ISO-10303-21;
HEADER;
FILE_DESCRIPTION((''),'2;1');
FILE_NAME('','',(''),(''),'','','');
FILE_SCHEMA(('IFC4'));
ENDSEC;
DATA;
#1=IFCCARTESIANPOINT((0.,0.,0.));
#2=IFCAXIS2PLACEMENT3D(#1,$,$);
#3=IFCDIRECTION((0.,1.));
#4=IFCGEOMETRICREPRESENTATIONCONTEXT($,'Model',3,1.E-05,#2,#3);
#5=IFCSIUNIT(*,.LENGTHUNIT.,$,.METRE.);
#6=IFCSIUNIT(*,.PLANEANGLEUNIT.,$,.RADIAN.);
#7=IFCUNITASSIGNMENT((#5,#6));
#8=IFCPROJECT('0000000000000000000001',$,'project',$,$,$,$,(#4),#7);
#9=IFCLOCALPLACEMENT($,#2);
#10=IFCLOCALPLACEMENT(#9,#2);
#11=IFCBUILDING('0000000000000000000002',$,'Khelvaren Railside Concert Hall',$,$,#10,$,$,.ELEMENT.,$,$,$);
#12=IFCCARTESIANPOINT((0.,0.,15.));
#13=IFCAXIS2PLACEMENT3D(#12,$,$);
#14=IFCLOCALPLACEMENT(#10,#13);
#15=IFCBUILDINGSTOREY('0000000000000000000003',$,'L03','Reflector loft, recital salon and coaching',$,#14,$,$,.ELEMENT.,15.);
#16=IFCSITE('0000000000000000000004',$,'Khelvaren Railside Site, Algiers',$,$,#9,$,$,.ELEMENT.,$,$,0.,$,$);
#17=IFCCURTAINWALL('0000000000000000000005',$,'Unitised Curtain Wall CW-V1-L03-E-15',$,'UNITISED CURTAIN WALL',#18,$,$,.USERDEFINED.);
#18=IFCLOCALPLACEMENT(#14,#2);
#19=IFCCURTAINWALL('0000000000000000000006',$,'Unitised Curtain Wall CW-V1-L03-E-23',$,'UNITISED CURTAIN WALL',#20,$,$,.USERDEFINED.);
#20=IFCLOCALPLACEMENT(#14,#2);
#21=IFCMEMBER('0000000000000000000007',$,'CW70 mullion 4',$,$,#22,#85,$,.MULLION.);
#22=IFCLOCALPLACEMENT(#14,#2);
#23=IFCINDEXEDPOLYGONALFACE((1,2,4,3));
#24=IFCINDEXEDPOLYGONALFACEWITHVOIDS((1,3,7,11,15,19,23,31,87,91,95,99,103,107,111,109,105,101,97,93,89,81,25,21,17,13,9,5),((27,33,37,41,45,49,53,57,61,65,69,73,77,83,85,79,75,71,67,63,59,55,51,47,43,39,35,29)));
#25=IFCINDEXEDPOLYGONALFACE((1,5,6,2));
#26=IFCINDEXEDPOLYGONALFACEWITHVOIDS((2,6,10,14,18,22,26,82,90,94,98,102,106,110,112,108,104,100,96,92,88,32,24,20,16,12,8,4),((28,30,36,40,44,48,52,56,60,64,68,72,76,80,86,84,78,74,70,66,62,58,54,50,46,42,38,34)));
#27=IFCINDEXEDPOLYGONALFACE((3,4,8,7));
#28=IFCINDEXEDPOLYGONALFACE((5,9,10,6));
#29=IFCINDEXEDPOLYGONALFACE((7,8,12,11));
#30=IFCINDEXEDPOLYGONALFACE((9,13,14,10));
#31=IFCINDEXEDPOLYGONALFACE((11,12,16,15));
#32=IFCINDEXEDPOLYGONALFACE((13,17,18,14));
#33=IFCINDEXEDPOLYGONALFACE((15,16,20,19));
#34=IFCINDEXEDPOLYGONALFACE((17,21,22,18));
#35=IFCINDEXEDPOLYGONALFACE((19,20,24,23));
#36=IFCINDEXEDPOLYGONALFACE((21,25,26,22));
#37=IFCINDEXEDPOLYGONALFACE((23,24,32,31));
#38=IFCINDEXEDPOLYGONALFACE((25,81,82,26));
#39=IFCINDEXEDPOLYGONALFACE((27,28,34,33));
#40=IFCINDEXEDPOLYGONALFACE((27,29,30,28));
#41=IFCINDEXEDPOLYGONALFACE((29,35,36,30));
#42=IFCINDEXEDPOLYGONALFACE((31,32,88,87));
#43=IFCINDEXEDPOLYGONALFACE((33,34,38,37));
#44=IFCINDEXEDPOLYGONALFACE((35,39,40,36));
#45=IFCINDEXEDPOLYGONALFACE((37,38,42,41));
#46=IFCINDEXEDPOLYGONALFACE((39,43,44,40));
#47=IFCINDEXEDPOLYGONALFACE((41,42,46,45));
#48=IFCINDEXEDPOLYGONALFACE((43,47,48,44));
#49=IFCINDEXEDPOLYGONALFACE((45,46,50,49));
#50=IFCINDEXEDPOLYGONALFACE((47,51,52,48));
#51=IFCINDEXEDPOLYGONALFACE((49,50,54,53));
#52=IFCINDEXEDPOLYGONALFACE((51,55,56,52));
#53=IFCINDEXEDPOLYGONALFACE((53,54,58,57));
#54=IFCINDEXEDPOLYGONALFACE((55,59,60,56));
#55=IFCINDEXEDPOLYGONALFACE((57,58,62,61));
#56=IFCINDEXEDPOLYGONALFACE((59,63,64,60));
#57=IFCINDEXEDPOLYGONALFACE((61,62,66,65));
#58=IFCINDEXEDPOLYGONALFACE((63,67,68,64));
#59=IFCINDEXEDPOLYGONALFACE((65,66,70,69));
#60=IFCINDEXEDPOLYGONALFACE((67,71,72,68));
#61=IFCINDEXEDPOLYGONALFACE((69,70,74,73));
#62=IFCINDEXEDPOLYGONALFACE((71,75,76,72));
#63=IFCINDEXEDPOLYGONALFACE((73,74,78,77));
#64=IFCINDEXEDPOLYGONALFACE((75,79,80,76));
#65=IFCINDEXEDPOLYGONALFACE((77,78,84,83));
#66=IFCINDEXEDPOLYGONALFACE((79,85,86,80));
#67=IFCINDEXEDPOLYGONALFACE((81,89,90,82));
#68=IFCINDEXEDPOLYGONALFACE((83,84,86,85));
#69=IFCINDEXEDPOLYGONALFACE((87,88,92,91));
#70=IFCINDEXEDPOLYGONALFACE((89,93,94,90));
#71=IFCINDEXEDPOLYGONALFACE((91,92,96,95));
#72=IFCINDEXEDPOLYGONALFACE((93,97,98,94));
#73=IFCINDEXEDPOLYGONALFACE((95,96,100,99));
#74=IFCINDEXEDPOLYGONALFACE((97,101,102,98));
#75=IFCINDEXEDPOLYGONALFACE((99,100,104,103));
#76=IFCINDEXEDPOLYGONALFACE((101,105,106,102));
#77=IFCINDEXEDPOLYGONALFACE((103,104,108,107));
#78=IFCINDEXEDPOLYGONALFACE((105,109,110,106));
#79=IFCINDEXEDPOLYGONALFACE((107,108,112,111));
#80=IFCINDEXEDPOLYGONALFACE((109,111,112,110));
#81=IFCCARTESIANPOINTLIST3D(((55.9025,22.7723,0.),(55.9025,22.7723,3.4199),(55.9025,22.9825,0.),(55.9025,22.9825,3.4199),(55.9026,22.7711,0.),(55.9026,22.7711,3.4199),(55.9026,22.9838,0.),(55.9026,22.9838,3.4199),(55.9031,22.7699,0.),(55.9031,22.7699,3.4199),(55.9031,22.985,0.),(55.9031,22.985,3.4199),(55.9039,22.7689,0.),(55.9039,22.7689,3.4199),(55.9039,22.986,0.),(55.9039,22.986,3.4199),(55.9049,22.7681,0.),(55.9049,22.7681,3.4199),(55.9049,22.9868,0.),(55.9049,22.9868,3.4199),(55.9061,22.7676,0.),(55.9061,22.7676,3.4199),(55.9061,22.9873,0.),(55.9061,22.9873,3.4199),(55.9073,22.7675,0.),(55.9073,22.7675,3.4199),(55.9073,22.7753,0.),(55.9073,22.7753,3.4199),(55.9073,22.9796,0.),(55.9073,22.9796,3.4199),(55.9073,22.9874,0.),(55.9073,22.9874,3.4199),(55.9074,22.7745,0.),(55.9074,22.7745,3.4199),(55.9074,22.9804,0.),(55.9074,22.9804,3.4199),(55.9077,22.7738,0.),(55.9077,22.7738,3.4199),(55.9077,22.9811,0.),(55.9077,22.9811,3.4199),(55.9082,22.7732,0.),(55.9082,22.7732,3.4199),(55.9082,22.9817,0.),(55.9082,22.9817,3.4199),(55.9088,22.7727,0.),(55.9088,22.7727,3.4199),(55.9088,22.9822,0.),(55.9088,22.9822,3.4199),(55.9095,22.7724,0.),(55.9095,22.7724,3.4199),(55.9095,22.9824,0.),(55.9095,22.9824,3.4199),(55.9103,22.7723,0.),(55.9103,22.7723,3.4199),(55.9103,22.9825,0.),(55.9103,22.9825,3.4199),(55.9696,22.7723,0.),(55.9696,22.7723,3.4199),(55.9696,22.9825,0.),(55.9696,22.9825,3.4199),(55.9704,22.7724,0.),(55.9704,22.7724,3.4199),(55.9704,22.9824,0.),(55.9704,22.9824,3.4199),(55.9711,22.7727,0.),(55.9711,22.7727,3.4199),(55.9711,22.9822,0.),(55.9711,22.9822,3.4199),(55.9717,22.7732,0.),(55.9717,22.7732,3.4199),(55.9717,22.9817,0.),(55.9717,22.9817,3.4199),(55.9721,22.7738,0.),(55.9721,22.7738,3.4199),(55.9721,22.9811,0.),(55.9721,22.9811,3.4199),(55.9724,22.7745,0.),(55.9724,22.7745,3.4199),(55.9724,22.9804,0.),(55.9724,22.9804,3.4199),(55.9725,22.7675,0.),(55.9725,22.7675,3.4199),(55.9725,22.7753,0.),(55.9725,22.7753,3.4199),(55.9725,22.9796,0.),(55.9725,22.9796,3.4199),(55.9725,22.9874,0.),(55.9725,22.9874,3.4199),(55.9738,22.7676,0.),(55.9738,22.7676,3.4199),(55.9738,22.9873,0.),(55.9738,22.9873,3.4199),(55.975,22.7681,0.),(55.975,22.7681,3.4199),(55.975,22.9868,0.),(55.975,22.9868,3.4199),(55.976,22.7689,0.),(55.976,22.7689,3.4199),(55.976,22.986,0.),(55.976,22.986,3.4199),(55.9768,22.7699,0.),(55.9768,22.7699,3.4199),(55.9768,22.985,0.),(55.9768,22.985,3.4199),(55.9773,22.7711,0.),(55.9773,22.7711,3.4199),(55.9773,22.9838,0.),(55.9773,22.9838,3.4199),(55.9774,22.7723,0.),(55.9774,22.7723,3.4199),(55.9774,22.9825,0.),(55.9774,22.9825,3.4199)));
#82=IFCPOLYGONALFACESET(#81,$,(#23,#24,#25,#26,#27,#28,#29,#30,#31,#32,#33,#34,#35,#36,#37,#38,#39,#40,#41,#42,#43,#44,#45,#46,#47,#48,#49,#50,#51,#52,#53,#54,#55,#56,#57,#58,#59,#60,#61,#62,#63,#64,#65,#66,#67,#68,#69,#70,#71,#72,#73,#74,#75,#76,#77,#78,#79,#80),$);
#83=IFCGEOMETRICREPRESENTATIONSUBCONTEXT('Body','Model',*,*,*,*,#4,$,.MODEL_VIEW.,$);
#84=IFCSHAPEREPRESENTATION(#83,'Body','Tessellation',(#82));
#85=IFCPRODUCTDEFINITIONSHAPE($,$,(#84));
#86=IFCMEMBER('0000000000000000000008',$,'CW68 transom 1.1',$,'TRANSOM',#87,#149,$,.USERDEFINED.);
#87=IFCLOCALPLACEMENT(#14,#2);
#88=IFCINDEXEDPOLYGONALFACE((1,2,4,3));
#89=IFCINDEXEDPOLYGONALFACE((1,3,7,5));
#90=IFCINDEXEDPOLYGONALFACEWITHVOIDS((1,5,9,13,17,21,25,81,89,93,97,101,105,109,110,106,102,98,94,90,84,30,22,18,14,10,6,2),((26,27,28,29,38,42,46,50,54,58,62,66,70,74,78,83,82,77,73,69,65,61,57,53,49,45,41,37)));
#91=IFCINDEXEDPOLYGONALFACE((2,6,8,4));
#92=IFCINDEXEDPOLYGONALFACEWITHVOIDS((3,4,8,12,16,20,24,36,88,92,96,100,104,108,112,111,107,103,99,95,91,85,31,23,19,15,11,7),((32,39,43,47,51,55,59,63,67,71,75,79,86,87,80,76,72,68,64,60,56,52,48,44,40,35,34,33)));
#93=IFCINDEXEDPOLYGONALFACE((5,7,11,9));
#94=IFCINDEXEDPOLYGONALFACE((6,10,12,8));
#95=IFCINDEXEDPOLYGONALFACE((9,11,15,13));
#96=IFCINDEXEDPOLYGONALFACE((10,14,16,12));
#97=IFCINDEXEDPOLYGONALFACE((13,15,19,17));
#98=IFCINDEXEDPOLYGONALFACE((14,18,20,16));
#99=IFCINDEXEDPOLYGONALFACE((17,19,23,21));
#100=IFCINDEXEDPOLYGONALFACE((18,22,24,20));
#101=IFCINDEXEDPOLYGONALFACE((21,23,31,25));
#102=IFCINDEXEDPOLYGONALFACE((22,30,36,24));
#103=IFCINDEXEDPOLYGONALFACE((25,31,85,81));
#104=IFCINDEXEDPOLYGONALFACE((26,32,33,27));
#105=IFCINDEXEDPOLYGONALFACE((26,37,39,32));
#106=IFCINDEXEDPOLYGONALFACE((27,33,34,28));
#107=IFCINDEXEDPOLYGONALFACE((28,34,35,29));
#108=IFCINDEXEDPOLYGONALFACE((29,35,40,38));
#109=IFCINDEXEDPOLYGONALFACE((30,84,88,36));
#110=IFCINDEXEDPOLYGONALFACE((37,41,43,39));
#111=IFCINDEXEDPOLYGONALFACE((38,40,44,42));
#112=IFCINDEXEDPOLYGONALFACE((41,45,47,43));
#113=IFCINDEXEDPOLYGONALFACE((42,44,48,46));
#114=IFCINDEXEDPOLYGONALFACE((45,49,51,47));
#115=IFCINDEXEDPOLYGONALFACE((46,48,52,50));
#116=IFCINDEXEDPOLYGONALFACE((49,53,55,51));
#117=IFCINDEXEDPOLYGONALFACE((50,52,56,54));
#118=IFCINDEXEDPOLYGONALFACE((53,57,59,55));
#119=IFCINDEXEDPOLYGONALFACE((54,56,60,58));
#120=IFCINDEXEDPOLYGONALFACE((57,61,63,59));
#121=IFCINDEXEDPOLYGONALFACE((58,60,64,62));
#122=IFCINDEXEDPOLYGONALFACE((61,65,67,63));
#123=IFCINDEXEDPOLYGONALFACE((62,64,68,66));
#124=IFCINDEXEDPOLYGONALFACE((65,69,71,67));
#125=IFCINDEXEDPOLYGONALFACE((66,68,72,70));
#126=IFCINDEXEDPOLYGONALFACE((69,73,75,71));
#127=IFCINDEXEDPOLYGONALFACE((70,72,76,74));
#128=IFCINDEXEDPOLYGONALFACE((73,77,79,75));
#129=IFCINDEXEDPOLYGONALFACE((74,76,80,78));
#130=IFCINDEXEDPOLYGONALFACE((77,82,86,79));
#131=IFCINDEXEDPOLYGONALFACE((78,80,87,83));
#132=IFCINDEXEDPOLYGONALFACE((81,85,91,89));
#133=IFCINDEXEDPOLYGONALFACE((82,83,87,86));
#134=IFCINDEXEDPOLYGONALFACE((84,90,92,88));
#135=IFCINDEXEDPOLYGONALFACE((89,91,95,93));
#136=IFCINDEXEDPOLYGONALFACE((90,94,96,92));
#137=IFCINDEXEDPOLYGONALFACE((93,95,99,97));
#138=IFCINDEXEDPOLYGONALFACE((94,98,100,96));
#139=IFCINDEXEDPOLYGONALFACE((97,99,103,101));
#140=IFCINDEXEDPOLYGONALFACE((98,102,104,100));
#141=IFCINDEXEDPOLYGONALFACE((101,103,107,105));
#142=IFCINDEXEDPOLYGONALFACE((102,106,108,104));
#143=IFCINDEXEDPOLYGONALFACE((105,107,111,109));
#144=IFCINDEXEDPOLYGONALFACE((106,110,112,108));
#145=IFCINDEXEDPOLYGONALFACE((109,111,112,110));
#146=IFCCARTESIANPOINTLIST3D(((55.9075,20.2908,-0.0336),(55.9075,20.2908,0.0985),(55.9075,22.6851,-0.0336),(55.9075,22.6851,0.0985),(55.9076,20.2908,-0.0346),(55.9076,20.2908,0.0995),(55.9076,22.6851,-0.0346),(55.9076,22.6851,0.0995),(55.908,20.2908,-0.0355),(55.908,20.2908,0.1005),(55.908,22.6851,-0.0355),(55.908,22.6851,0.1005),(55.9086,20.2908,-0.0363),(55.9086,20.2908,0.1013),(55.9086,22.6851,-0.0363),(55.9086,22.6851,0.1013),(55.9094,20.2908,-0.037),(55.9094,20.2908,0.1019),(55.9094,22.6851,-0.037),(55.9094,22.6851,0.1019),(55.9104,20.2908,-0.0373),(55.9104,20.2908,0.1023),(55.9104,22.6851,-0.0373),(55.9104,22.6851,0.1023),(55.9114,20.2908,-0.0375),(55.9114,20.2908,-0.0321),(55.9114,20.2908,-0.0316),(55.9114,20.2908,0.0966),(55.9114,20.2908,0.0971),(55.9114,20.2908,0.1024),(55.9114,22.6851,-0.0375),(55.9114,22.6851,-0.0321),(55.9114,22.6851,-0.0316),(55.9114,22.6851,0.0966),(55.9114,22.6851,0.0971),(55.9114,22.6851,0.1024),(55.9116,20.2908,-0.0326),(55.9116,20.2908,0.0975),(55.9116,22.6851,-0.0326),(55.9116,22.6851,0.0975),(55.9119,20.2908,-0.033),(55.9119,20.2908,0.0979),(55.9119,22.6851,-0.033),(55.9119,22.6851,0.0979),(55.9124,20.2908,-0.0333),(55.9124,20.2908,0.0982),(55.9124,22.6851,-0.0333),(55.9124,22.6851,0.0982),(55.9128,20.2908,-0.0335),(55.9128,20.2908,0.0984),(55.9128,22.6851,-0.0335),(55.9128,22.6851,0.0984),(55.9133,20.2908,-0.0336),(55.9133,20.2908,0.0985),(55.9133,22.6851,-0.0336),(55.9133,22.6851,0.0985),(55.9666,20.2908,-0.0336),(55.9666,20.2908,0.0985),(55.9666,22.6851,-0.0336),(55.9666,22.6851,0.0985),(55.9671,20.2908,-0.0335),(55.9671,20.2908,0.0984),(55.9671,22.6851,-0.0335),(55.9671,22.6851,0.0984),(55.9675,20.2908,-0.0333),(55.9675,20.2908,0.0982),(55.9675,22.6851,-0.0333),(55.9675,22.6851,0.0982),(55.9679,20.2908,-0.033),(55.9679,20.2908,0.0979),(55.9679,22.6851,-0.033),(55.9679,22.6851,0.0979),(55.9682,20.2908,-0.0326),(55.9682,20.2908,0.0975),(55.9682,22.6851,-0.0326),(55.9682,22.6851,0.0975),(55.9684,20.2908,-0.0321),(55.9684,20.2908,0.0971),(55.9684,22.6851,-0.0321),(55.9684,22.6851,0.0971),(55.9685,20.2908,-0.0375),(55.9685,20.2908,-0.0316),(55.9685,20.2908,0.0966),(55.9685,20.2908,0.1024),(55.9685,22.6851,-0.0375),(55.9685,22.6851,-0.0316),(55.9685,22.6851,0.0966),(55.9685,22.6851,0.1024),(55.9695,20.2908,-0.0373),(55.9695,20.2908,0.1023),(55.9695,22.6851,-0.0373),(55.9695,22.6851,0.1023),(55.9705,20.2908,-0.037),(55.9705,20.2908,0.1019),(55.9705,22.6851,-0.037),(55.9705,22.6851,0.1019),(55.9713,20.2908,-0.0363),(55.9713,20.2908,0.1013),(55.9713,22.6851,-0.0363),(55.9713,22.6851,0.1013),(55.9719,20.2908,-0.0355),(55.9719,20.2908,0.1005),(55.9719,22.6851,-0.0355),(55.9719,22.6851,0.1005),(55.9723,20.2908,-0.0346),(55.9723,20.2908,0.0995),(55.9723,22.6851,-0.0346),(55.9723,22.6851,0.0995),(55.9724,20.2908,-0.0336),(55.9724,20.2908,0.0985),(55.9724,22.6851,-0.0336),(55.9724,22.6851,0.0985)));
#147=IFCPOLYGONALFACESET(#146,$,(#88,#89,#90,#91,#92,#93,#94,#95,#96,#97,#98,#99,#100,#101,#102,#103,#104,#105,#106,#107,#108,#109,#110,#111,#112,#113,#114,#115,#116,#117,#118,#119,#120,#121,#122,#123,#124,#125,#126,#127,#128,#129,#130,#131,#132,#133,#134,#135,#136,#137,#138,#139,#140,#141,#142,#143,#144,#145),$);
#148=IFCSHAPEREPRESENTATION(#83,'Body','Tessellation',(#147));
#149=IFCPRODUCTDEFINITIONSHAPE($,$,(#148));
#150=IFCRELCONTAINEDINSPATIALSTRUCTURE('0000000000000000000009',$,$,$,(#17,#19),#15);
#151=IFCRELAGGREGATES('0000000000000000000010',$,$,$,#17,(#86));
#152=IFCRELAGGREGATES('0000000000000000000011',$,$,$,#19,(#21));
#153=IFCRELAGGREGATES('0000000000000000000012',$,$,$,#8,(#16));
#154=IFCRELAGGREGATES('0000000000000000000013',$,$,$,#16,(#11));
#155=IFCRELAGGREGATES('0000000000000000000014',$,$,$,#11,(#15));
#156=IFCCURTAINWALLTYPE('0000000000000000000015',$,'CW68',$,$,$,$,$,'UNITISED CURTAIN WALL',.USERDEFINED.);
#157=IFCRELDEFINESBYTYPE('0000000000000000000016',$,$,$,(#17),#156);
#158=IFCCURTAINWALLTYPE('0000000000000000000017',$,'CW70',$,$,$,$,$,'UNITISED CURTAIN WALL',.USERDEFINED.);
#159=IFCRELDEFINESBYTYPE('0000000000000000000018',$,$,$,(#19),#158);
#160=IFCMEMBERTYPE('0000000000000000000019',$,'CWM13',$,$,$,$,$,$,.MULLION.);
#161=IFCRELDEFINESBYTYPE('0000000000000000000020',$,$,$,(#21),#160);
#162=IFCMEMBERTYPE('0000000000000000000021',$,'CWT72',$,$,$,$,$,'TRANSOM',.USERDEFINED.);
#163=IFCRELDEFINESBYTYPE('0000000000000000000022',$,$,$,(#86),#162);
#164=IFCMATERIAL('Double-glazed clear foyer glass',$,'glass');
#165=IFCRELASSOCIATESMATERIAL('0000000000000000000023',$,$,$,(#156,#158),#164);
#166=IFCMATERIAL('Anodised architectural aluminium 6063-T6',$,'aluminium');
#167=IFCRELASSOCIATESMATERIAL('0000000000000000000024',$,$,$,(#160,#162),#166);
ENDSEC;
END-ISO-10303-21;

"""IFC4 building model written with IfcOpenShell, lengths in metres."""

from ifc_helpers import new_model, si_unit, direction, frame, origin, origin_2d, place, context, subcontext, project, spatial, hollow_rectangle, extrude, material, material_profile, profile_set, type_object, element, aggregate, save


model = new_model("IFC4")

# Units and contexts
model_context = context("Model", 3, precision=1e-05, world=origin(), true_north=direction((0.0, 1.0)))
body_context = subcontext(model_context, "Body", "Model", "MODEL_VIEW")
ifc_project = project(units=[si_unit("LENGTHUNIT", "METRE"), si_unit("PLANEANGLEUNIT", "RADIAN")], contexts=[model_context])

# Site, building, storey
site_placement = place(None, origin())
site = spatial("IfcSite", under=ifc_project, at=site_placement, Name="Khelvaren Railside Site, Algiers", CompositionType="ELEMENT", RefElevation=0.0)
building_placement = place(site_placement, origin())
building = spatial("IfcBuilding", under=site, at=building_placement, Name="Khelvaren Railside Concert Hall", CompositionType="ELEMENT")
storey_placement = place(building_placement, frame((0.0, 0.0, 15.0)))
storey = spatial("IfcBuildingStorey", under=building, at=storey_placement, Name="L03", Description="Reflector loft, recital salon and coaching", CompositionType="ELEMENT", Elevation=15.0)

# Curtain wall
ifc_material_1 = material(Name="Double-glazed clear foyer glass", Category="glass")
curtain_wall_type_1 = type_object("IfcCurtainWallType", Name="CW68", ElementType="UNITISED CURTAIN WALL", PredefinedType="USERDEFINED", material=ifc_material_1)
curtain_wall_1_placement = place(storey_placement, origin())
curtain_wall_1 = element("IfcCurtainWall", 1, at=curtain_wall_1_placement, inside=storey, type_object=curtain_wall_type_1, Name="Unitised Curtain Wall CW-V1-L03-E-15", ObjectType="UNITISED CURTAIN WALL", PredefinedType="USERDEFINED")
ifc_material_2 = material(Name="Anodised architectural aluminium 6063-T6", Category="aluminium")
ifc_material_profile_1 = material_profile(ifc_material_2, hollow_rectangle(XDim=0.075, YDim=0.22, WallThickness=0.0049, InnerFilletRadius=0.0029, OuterFilletRadius=0.0049, at=origin_2d()), Name="CWM 75x220x5")
ifc_profile_set_1 = profile_set([ifc_material_profile_1], Name="Anodised architectural aluminium 6063-T6")
member_type_1 = type_object("IfcMemberType", Name="CWM13", PredefinedType="MULLION", material=ifc_profile_set_1)

# Curtain wall, member
curtain_wall_type_2 = type_object("IfcCurtainWallType", Name="CW70", ElementType="UNITISED CURTAIN WALL", PredefinedType="USERDEFINED", material=ifc_material_1)
curtain_wall_2_placement = place(storey_placement, origin())
curtain_wall_2 = element("IfcCurtainWall", 2, at=curtain_wall_2_placement, inside=storey, type_object=curtain_wall_type_2, Name="Unitised Curtain Wall CW-V1-L03-E-23", ObjectType="UNITISED CURTAIN WALL", PredefinedType="USERDEFINED")
member_1_placement = place(storey_placement, frame((55.9399, 22.8774, 0.0), z_axis=(0.0, 0.0, 1.0), x_axis=(1.0, 0.0, 0.0)))
member_1 = element("IfcMember", 3, at=member_1_placement, type_object=member_type_1, Name="CW70 mullion 4", PredefinedType="MULLION", context=body_context, shape_type="SweptSolid", body=[
    extrude(hollow_rectangle(XDim=0.075, YDim=0.22, WallThickness=0.0049, InnerFilletRadius=0.0029, OuterFilletRadius=0.0049, at=origin_2d()), origin(), (0.0, 0.0, 1.0), 3.4199),
])

# Member
ifc_material_profile_2 = material_profile(ifc_material_2, hollow_rectangle(XDim=0.0649, YDim=0.1399, WallThickness=0.0039, InnerFilletRadius=0.002, OuterFilletRadius=0.0039, at=origin_2d()), Name="CWT 65x140x4")
ifc_profile_set_2 = profile_set([ifc_material_profile_2], Name="Anodised architectural aluminium 6063-T6")
member_type_2 = type_object("IfcMemberType", Name="CWT72", ElementType="TRANSOM", PredefinedType="USERDEFINED", material=ifc_profile_set_2)
member_2_placement = place(storey_placement, frame((55.9399, 22.6851, 0.0325), z_axis=(0.0, -1.0, 0.0), x_axis=(1.0, 0.0, 0.0)))
member_2 = element("IfcMember", 4, at=member_2_placement, type_object=member_type_2, Name="CW68 transom 1.1", ObjectType="TRANSOM", PredefinedType="USERDEFINED", context=body_context, shape_type="SweptSolid", body=[
    extrude(hollow_rectangle(XDim=0.0649, YDim=0.1399, WallThickness=0.0039, InnerFilletRadius=0.002, OuterFilletRadius=0.0039, at=origin_2d()), origin(), (0.0, 0.0, 1.0), 2.3943),
])

aggregate(curtain_wall_1, [member_2])
aggregate(curtain_wall_2, [member_1])

save(model, "model.ifc")
